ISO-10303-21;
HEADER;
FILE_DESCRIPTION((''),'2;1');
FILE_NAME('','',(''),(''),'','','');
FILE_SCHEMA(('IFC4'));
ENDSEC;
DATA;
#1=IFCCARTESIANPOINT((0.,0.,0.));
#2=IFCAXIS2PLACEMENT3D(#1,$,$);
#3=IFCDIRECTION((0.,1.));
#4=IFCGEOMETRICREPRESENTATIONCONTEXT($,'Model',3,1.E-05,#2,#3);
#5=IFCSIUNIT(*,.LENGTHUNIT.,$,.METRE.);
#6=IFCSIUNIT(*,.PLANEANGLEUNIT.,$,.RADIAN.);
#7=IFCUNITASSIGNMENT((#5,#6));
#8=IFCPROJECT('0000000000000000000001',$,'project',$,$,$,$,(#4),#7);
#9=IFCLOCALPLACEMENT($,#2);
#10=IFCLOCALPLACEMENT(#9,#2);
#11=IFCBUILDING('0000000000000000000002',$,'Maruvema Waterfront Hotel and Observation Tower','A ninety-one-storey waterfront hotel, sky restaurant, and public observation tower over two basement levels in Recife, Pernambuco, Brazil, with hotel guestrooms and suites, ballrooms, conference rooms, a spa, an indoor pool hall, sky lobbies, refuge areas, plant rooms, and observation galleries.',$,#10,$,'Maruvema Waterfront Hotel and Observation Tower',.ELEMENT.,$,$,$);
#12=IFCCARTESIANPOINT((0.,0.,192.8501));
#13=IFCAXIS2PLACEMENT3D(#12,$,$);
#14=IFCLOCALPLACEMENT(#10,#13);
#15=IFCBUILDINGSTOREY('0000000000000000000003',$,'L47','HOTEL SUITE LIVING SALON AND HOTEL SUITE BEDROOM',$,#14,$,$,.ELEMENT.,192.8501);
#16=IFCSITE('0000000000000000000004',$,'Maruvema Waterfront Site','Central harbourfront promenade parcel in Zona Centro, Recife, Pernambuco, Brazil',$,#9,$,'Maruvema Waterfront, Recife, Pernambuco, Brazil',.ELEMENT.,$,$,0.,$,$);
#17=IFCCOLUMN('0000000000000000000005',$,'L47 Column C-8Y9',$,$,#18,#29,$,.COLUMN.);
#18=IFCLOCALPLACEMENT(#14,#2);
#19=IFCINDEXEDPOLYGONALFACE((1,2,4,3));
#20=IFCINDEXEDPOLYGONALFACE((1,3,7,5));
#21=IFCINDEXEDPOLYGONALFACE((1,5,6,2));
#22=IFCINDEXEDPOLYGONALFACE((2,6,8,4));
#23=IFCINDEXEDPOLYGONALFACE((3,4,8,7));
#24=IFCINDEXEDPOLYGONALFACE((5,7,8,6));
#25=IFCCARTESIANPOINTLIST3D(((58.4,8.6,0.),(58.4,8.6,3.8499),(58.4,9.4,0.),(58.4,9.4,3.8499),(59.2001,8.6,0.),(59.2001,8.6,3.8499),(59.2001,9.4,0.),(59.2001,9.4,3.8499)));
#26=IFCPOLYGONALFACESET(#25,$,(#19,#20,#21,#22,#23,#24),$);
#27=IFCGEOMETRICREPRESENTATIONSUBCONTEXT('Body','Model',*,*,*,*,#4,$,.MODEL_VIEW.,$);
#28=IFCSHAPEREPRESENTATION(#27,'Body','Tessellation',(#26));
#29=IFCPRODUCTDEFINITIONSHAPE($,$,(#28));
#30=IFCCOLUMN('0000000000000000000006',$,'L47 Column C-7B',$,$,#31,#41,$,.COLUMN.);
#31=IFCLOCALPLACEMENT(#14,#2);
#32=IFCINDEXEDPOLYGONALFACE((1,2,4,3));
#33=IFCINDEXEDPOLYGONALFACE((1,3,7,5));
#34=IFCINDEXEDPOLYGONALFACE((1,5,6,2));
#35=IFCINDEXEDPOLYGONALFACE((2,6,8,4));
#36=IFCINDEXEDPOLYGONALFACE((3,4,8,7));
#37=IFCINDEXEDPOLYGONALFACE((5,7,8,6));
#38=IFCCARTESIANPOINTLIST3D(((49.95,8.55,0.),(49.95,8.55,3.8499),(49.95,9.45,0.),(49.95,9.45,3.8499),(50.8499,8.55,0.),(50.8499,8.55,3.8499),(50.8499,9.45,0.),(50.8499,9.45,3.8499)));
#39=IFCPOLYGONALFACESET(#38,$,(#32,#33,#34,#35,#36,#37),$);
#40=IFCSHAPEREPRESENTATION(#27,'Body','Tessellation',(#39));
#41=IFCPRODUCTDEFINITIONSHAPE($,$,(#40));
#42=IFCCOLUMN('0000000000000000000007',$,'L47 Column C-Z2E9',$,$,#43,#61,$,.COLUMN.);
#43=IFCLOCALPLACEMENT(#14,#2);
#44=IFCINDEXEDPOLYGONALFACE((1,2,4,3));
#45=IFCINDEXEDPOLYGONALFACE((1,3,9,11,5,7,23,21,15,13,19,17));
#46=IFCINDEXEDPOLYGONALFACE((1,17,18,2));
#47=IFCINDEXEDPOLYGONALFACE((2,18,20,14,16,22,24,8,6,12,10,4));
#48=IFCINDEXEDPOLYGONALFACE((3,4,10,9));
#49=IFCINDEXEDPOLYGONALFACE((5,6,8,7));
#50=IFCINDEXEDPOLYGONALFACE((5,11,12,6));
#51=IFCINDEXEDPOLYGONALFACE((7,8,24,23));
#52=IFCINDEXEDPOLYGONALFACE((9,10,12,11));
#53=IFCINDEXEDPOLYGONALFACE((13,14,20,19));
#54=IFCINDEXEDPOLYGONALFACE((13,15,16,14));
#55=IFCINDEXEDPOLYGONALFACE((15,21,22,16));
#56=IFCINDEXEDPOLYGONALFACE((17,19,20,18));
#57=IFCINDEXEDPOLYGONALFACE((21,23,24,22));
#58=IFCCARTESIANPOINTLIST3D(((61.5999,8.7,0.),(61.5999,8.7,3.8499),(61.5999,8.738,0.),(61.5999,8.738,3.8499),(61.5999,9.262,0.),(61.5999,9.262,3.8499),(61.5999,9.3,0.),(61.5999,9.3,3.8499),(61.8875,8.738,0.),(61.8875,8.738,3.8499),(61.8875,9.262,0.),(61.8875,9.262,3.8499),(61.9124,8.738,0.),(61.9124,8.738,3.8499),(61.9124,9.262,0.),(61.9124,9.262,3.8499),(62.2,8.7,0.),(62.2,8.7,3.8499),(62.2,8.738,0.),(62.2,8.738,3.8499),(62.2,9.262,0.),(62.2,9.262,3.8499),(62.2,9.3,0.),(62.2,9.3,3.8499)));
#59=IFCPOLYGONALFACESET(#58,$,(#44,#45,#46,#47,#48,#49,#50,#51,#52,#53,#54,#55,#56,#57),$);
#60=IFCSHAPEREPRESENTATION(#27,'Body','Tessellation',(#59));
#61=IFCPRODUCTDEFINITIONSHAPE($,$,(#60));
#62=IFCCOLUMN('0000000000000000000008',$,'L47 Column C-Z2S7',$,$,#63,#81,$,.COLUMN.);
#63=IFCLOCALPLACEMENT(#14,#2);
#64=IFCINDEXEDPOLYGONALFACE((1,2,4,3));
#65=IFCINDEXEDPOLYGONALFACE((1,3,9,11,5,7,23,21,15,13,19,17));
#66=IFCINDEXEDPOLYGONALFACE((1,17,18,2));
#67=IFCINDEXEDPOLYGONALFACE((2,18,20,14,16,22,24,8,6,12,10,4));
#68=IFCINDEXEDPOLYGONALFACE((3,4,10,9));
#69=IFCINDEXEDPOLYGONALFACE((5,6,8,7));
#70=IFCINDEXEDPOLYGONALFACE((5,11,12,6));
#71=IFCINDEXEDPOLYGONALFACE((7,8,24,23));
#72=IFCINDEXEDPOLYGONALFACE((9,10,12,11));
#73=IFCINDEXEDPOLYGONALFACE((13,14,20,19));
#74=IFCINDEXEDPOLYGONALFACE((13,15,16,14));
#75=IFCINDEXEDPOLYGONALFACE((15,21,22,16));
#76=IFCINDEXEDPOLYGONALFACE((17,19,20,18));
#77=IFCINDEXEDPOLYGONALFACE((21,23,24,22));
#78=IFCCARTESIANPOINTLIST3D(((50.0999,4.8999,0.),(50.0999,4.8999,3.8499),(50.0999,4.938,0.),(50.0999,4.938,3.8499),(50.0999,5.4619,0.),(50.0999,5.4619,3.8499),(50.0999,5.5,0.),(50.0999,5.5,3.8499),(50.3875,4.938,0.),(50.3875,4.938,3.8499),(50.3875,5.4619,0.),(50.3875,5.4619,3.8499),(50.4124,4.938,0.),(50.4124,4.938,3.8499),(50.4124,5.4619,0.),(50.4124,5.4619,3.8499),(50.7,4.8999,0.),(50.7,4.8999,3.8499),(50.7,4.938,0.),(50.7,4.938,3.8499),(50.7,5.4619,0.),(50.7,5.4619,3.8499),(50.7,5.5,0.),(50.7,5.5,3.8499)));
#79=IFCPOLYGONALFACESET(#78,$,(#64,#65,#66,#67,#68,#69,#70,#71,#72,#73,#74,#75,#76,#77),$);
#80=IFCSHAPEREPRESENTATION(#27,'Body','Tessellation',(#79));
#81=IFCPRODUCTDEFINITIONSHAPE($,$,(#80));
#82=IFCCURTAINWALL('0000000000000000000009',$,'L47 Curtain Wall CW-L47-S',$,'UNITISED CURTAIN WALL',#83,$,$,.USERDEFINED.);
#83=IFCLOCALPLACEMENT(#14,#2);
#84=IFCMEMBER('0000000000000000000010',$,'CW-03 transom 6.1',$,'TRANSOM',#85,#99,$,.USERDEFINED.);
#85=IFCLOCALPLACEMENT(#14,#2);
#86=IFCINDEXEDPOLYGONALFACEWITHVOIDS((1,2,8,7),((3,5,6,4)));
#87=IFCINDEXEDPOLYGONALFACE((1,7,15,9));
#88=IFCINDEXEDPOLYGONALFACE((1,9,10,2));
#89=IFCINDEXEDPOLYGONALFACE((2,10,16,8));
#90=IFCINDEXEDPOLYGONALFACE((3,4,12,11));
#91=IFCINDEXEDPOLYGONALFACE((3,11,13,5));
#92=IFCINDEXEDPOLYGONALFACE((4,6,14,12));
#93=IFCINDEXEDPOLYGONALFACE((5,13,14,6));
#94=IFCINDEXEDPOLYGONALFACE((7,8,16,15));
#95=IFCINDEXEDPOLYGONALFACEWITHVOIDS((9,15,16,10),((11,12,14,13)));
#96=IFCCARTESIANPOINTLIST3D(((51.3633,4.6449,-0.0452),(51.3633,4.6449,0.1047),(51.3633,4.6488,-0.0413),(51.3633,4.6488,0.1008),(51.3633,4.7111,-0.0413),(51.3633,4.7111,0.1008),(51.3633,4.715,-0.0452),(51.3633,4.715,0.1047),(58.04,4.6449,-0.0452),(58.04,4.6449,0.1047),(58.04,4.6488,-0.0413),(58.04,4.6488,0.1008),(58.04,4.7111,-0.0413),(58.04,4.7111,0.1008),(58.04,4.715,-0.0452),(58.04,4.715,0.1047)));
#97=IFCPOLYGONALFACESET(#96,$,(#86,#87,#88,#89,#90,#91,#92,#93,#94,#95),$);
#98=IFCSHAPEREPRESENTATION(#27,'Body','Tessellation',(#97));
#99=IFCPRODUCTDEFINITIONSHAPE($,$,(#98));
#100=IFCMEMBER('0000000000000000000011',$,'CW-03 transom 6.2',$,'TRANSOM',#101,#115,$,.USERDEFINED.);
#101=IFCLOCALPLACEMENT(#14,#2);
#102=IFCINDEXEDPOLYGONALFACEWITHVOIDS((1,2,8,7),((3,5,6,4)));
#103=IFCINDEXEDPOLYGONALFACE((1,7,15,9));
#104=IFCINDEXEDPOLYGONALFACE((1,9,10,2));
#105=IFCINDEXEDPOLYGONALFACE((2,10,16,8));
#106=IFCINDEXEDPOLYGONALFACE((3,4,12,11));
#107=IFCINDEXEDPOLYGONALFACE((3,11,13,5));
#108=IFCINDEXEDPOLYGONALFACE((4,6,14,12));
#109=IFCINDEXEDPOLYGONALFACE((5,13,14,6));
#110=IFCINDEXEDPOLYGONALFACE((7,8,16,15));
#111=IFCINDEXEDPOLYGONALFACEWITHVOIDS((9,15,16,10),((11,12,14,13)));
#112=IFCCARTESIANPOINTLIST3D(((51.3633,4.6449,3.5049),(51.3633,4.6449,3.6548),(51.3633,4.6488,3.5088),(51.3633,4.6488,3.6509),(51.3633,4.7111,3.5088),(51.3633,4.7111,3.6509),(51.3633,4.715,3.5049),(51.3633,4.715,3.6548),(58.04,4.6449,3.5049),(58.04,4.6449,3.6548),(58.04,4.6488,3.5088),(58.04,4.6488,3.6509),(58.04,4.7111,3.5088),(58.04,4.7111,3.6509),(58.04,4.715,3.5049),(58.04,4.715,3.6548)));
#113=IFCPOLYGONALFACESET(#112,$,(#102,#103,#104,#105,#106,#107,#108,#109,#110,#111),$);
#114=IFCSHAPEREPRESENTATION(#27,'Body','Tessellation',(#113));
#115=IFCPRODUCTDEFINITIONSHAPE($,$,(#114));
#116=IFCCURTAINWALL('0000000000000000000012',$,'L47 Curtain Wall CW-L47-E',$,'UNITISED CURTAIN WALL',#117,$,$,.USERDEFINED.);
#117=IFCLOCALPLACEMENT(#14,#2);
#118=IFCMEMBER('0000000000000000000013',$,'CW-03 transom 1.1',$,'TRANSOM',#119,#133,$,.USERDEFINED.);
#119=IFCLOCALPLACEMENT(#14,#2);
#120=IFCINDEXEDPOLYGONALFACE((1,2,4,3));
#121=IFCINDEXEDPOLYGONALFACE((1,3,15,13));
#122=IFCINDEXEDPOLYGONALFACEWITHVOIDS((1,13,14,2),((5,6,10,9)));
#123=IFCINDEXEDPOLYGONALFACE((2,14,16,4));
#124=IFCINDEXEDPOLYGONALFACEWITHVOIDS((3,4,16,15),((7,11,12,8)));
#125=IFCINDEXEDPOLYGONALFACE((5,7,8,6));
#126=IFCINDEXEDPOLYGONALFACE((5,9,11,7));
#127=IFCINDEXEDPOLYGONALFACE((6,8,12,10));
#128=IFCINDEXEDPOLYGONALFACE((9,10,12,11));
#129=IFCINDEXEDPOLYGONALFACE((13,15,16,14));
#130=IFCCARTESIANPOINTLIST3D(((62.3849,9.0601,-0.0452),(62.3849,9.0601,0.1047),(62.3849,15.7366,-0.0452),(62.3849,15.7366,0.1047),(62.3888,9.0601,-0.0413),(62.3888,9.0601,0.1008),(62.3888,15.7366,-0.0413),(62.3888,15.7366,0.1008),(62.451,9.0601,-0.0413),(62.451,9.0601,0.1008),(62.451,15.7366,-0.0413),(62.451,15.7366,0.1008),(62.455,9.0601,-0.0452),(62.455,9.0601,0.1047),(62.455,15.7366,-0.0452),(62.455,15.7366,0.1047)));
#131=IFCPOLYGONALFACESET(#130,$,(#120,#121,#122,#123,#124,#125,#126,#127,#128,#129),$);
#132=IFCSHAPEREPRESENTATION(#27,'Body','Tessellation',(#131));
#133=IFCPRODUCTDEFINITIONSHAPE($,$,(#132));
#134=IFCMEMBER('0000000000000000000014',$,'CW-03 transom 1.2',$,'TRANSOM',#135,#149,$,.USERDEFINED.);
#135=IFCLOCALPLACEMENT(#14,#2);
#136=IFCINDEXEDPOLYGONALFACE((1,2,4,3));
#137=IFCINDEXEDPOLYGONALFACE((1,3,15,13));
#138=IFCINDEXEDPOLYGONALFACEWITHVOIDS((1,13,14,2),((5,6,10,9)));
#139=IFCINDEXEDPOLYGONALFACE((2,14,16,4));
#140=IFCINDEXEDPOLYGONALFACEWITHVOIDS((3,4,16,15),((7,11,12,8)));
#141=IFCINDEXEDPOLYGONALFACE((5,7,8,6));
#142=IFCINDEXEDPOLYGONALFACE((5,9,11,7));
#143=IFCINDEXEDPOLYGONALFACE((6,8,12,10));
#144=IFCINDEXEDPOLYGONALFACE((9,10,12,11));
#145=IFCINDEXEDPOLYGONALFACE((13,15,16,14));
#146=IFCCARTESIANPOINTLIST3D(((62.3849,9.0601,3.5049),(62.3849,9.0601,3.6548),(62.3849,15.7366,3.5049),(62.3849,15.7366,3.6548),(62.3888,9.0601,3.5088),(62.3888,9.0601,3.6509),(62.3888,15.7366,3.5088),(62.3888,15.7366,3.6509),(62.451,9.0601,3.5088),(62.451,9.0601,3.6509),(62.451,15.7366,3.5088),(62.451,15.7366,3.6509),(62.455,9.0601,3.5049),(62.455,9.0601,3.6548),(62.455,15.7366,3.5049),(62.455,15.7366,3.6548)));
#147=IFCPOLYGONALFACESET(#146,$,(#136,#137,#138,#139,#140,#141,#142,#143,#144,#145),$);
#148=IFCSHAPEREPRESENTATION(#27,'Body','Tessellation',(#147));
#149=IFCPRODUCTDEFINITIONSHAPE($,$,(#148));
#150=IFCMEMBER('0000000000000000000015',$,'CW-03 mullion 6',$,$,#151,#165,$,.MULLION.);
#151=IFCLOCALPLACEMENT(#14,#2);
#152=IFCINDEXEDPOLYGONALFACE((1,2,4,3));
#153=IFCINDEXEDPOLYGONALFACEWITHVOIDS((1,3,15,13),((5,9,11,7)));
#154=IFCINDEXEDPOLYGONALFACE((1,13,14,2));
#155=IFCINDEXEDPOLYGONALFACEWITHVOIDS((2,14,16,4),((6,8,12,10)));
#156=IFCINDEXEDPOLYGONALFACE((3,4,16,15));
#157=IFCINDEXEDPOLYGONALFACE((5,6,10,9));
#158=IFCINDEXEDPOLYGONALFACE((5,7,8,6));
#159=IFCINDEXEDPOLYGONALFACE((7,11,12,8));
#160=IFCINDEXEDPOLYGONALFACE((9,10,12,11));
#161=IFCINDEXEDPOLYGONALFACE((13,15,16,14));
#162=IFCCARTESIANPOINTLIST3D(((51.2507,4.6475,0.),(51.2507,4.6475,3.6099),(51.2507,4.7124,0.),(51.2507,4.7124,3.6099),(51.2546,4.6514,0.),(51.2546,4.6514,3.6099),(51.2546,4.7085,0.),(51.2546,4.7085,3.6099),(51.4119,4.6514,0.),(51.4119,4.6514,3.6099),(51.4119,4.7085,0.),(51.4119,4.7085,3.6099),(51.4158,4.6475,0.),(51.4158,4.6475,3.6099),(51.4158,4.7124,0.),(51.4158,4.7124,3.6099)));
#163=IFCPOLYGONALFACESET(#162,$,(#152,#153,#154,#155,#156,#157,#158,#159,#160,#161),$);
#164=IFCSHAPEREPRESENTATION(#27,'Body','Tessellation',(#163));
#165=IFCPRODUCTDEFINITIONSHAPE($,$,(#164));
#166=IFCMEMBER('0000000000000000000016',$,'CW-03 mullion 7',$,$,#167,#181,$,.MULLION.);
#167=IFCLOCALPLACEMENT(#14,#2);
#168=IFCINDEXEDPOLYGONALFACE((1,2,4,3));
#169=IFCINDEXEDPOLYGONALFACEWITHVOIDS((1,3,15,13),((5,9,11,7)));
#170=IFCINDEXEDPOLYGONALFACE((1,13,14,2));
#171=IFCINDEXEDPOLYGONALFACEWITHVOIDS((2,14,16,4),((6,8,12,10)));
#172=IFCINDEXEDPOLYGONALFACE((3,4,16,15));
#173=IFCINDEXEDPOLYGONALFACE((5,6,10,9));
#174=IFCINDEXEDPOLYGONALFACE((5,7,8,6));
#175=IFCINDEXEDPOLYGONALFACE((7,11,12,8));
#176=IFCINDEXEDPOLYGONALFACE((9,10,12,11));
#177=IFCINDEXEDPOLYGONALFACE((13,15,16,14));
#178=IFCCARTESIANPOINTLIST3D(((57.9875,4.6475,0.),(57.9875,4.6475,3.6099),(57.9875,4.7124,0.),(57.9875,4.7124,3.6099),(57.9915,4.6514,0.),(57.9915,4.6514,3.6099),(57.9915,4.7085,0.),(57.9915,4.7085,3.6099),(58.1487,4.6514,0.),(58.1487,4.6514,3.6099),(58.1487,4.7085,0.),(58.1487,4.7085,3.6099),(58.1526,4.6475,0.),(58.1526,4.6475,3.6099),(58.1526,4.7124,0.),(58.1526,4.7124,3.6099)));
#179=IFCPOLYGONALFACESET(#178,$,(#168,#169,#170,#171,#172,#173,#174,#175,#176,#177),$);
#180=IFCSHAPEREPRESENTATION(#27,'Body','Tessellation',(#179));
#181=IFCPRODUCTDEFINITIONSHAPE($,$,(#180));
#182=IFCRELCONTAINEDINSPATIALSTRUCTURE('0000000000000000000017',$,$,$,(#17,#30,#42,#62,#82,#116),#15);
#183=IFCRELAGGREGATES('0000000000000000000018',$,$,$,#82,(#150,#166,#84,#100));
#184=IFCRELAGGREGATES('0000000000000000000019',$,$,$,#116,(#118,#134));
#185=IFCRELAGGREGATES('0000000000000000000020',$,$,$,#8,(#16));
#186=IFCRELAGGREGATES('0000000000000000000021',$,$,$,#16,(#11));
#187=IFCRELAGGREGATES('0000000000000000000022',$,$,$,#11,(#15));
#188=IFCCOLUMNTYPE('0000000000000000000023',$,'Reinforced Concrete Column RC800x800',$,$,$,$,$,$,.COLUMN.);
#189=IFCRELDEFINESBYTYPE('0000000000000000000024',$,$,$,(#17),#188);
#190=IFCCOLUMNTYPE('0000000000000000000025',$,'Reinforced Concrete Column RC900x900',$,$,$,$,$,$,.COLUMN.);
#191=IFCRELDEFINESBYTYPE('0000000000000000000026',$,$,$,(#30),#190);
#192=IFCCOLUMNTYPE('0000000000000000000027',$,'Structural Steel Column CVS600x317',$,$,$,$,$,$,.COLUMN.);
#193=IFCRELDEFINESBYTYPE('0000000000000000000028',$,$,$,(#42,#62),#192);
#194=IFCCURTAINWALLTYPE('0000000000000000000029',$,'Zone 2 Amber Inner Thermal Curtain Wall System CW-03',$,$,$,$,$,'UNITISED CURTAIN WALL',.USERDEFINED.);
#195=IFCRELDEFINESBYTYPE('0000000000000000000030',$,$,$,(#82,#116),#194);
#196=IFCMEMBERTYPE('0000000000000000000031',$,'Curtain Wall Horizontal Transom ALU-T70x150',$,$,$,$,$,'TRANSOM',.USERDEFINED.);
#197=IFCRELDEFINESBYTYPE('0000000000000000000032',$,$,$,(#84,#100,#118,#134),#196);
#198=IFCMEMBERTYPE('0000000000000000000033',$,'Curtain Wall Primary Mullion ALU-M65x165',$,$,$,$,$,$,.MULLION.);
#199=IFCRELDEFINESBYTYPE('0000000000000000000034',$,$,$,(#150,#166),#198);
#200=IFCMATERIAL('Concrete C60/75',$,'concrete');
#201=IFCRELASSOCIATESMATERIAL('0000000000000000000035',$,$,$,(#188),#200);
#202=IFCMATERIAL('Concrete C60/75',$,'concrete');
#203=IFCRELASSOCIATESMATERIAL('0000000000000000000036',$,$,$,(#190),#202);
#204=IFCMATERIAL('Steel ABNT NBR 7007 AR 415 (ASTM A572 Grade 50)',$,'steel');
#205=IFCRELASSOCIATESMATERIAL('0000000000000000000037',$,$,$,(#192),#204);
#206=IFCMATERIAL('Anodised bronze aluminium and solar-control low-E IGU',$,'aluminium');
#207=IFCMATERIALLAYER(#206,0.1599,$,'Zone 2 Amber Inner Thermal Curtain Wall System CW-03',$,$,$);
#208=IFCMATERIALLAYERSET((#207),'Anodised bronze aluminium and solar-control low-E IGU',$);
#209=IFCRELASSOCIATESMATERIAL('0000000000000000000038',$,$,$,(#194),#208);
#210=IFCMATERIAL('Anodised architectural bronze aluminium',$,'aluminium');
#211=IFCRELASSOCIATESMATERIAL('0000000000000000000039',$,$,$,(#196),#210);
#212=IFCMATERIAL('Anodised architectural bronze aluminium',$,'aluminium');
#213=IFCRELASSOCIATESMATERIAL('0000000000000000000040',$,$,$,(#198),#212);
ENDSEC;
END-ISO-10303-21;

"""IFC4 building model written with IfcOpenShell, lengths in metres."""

from ifc_helpers import new_model, si_unit, direction, frame, origin, origin_2d, place, context, subcontext, project, spatial, rectangle, hollow_rectangle, i_section, extrude, material, layer, layer_set, material_profile, profile_set, type_object, element, aggregate, save


model = new_model("IFC4")

# Units and contexts
model_context = context("Model", 3, precision=1e-05, world=origin(), true_north=direction((0.0, 1.0)))
body_context = subcontext(model_context, "Body", "Model", "MODEL_VIEW")
ifc_project = project(units=[si_unit("LENGTHUNIT", "METRE"), si_unit("PLANEANGLEUNIT", "RADIAN")], contexts=[model_context])

# Site, building, storey
site_placement = place(None, origin())
site = spatial("IfcSite", under=ifc_project, at=site_placement, Name="Maruvema Waterfront Site", Description="Central harbourfront promenade parcel in Zona Centro, Recife, Pernambuco, Brazil", LongName="Maruvema Waterfront, Recife, Pernambuco, Brazil", CompositionType="ELEMENT", RefElevation=0.0)
building_placement = place(site_placement, origin())
building = spatial("IfcBuilding", under=site, at=building_placement, Name="Maruvema Waterfront Hotel and Observation Tower", Description="A ninety-one-storey waterfront hotel, sky restaurant, and public observation tower over two basement levels in Recife, Pernambuco, Brazil, with hotel guestrooms and suites, ballrooms, conference rooms, a spa, an indoor pool hall, sky lobbies, refuge areas, plant rooms, and observation galleries.", LongName="Maruvema Waterfront Hotel and Observation Tower", CompositionType="ELEMENT")
storey_placement = place(building_placement, frame((0.0, 0.0, 192.8501)))
storey = spatial("IfcBuildingStorey", under=building, at=storey_placement, Name="L47", Description="HOTEL SUITE LIVING SALON AND HOTEL SUITE BEDROOM", CompositionType="ELEMENT", Elevation=192.8501)

# Columns
ifc_material_1 = material(Name="Concrete C60/75", Category="concrete")
ifc_material_profile_1 = material_profile(ifc_material_1, rectangle(XDim=0.8, YDim=0.8, at=origin_2d()), Name="RC800x800")
ifc_profile_set_1 = profile_set([ifc_material_profile_1], Name="Concrete C60/75")
column_type_1 = type_object("IfcColumnType", Name="Reinforced Concrete Column RC800x800", PredefinedType="COLUMN", material=ifc_profile_set_1)
column_1_placement = place(storey_placement, frame((58.8, 9.0, 0.0), z_axis=(0.0, 0.0, 1.0), x_axis=(1.0, 0.0, 0.0)))
element("IfcColumn", 1, at=column_1_placement, inside=storey, type_object=column_type_1, Name="L47 Column C-8Y9", PredefinedType="COLUMN", context=body_context, shape_type="SweptSolid", body=[
    extrude(rectangle(XDim=0.8, YDim=0.8, at=origin_2d()), origin(), (0.0, 0.0, 1.0), 3.8499),
])
ifc_material_2 = material(Name="Concrete C60/75", Category="concrete")
ifc_material_profile_2 = material_profile(ifc_material_2, rectangle(XDim=0.8999, YDim=0.8999, at=origin_2d()), Name="RC900x900")
ifc_profile_set_2 = profile_set([ifc_material_profile_2], Name="Concrete C60/75")
column_type_2 = type_object("IfcColumnType", Name="Reinforced Concrete Column RC900x900", PredefinedType="COLUMN", material=ifc_profile_set_2)
column_2_placement = place(storey_placement, frame((50.3999, 9.0, 0.0), z_axis=(0.0, 0.0, 1.0), x_axis=(1.0, 0.0, 0.0)))
element("IfcColumn", 2, at=column_2_placement, inside=storey, type_object=column_type_2, Name="L47 Column C-7B", PredefinedType="COLUMN", context=body_context, shape_type="SweptSolid", body=[
    extrude(rectangle(XDim=0.8999, YDim=0.8999, at=origin_2d()), origin(), (0.0, 0.0, 1.0), 3.8499),
])
ifc_material_3 = material(Name="Steel ABNT NBR 7007 AR 415 (ASTM A572 Grade 50)", Category="steel")
ifc_material_profile_3 = material_profile(ifc_material_3, i_section(OverallWidth=0.6001, OverallDepth=0.6001, WebThickness=0.0249, FlangeThickness=0.0381, at=origin_2d()), Name="CVS600x317")
ifc_profile_set_3 = profile_set([ifc_material_profile_3], Name="Steel ABNT NBR 7007 AR 415 (ASTM A572 Grade 50)")
column_type_3 = type_object("IfcColumnType", Name="Structural Steel Column CVS600x317", PredefinedType="COLUMN", material=ifc_profile_set_3)
for number, where, z_axis, x_axis, name in (
    (3, (61.8999, 9.0, 0.0), (0.0, 0.0, 1.0), (1.0, 0.0, 0.0), "L47 Column C-Z2E9"),
    (4, (50.3999, 5.2, 0.0), (0.0, 0.0, 1.0), (1.0, 0.0, 0.0), "L47 Column C-Z2S7"),
):
    element("IfcColumn", number, at=place(storey_placement, frame(where, z_axis=z_axis, x_axis=x_axis)), inside=storey, type_object=column_type_3, Name=name, PredefinedType="COLUMN", context=body_context, shape_type="SweptSolid", body=[
        extrude(i_section(OverallWidth=0.6001, OverallDepth=0.6001, WebThickness=0.0249, FlangeThickness=0.0381, at=origin_2d()), origin(), (0.0, 0.0, 1.0), 3.8499),
    ])

# Curtain walls, members
ifc_material_4 = material(Name="Anodised bronze aluminium and solar-control low-E IGU", Category="aluminium")
ifc_layer_1 = layer(ifc_material_4, 0.1599, Name="Zone 2 Amber Inner Thermal Curtain Wall System CW-03")
ifc_layer_set_1 = layer_set([ifc_layer_1], Name="Anodised bronze aluminium and solar-control low-E IGU")
curtain_wall_type = type_object("IfcCurtainWallType", Name="Zone 2 Amber Inner Thermal Curtain Wall System CW-03", ElementType="UNITISED CURTAIN WALL", PredefinedType="USERDEFINED", material=ifc_layer_set_1)
curtain_wall_1_placement = place(storey_placement, origin())
curtain_wall_1 = element("IfcCurtainWall", 5, at=curtain_wall_1_placement, inside=storey, type_object=curtain_wall_type, Name="L47 Curtain Wall CW-L47-S", ObjectType="UNITISED CURTAIN WALL", PredefinedType="USERDEFINED")
ifc_material_5 = material(Name="Anodised architectural bronze aluminium", Category="aluminium")
ifc_material_profile_4 = material_profile(ifc_material_5, hollow_rectangle(XDim=0.0701, YDim=0.1499, WallThickness=0.0039, at=origin_2d()), Name="ALU-T70x150")
ifc_profile_set_4 = profile_set([ifc_material_profile_4], Name="Anodised architectural bronze aluminium")
member_type_1 = type_object("IfcMemberType", Name="Curtain Wall Horizontal Transom ALU-T70x150", ElementType="TRANSOM", PredefinedType="USERDEFINED", material=ifc_profile_set_4)
member_1_placement = place(storey_placement, frame((51.3633, 4.6799, 0.0298), z_axis=(1.0, 0.0, 0.0), x_axis=(0.0, 1.0, 0.0)))
member_1 = element("IfcMember", 6, at=member_1_placement, type_object=member_type_1, Name="CW-03 transom 6.1", ObjectType="TRANSOM", PredefinedType="USERDEFINED", context=body_context, shape_type="SweptSolid", body=[
    extrude(hollow_rectangle(XDim=0.0701, YDim=0.1499, WallThickness=0.0039, at=origin_2d()), origin(), (0.0, 0.0, 1.0), 6.6768),
])
member_2_placement = place(storey_placement, frame((51.3633, 4.6799, 3.5798), z_axis=(1.0, 0.0, 0.0), x_axis=(0.0, 1.0, 0.0)))
member_2 = element("IfcMember", 7, at=member_2_placement, type_object=member_type_1, Name="CW-03 transom 6.2", ObjectType="TRANSOM", PredefinedType="USERDEFINED", context=body_context, shape_type="SweptSolid", body=[
    extrude(hollow_rectangle(XDim=0.0701, YDim=0.1499, WallThickness=0.0039, at=origin_2d()), origin(), (0.0, 0.0, 1.0), 6.6768),
])
curtain_wall_2_placement = place(storey_placement, origin())
curtain_wall_2 = element("IfcCurtainWall", 8, at=curtain_wall_2_placement, inside=storey, type_object=curtain_wall_type, Name="L47 Curtain Wall CW-L47-E", ObjectType="UNITISED CURTAIN WALL", PredefinedType="USERDEFINED")
member_3_placement = place(storey_placement, frame((62.4199, 9.0601, 0.0298), z_axis=(0.0, 1.0, 0.0), x_axis=(-1.0, 0.0, 0.0)))
member_3 = element("IfcMember", 9, at=member_3_placement, type_object=member_type_1, Name="CW-03 transom 1.1", ObjectType="TRANSOM", PredefinedType="USERDEFINED", context=body_context, shape_type="SweptSolid", body=[
    extrude(hollow_rectangle(XDim=0.0701, YDim=0.1499, WallThickness=0.0039, at=origin_2d()), origin(), (0.0, 0.0, 1.0), 6.6765),
])
member_4_placement = place(storey_placement, frame((62.4199, 9.0601, 3.5798), z_axis=(0.0, 1.0, 0.0), x_axis=(-1.0, 0.0, 0.0)))
member_4 = element("IfcMember", 10, at=member_4_placement, type_object=member_type_1, Name="CW-03 transom 1.2", ObjectType="TRANSOM", PredefinedType="USERDEFINED", context=body_context, shape_type="SweptSolid", body=[
    extrude(hollow_rectangle(XDim=0.0701, YDim=0.1499, WallThickness=0.0039, at=origin_2d()), origin(), (0.0, 0.0, 1.0), 6.6765),
])

# Members
ifc_material_6 = material(Name="Anodised architectural bronze aluminium", Category="aluminium")
ifc_material_profile_5 = material_profile(ifc_material_6, hollow_rectangle(XDim=0.0649, YDim=0.165, WallThickness=0.0039, at=origin_2d()), Name="ALU-M65x165")
ifc_profile_set_5 = profile_set([ifc_material_profile_5], Name="Anodised architectural bronze aluminium")
member_type_2 = type_object("IfcMemberType", Name="Curtain Wall Primary Mullion ALU-M65x165", PredefinedType="MULLION", material=ifc_profile_set_5)
member_5_placement = place(storey_placement, frame((51.3333, 4.6799, 0.0), z_axis=(0.0, 0.0, 1.0), x_axis=(0.0, 1.0, 0.0)))
member_5 = element("IfcMember", 11, at=member_5_placement, type_object=member_type_2, Name="CW-03 mullion 6", PredefinedType="MULLION", context=body_context, shape_type="SweptSolid", body=[
    extrude(hollow_rectangle(XDim=0.0649, YDim=0.165, WallThickness=0.0039, at=origin_2d()), origin(), (0.0, 0.0, 1.0), 3.6099),
])
member_6_placement = place(storey_placement, frame((58.0701, 4.6799, 0.0), z_axis=(0.0, 0.0, 1.0), x_axis=(0.0, 1.0, 0.0)))
member_6 = element("IfcMember", 12, at=member_6_placement, type_object=member_type_2, Name="CW-03 mullion 7", PredefinedType="MULLION", context=body_context, shape_type="SweptSolid", body=[
    extrude(hollow_rectangle(XDim=0.0649, YDim=0.165, WallThickness=0.0039, at=origin_2d()), origin(), (0.0, 0.0, 1.0), 3.6099),
])

aggregate(curtain_wall_1, [member_5, member_6, member_1, member_2])
aggregate(curtain_wall_2, [member_3, member_4])

save(model, "model.ifc")
